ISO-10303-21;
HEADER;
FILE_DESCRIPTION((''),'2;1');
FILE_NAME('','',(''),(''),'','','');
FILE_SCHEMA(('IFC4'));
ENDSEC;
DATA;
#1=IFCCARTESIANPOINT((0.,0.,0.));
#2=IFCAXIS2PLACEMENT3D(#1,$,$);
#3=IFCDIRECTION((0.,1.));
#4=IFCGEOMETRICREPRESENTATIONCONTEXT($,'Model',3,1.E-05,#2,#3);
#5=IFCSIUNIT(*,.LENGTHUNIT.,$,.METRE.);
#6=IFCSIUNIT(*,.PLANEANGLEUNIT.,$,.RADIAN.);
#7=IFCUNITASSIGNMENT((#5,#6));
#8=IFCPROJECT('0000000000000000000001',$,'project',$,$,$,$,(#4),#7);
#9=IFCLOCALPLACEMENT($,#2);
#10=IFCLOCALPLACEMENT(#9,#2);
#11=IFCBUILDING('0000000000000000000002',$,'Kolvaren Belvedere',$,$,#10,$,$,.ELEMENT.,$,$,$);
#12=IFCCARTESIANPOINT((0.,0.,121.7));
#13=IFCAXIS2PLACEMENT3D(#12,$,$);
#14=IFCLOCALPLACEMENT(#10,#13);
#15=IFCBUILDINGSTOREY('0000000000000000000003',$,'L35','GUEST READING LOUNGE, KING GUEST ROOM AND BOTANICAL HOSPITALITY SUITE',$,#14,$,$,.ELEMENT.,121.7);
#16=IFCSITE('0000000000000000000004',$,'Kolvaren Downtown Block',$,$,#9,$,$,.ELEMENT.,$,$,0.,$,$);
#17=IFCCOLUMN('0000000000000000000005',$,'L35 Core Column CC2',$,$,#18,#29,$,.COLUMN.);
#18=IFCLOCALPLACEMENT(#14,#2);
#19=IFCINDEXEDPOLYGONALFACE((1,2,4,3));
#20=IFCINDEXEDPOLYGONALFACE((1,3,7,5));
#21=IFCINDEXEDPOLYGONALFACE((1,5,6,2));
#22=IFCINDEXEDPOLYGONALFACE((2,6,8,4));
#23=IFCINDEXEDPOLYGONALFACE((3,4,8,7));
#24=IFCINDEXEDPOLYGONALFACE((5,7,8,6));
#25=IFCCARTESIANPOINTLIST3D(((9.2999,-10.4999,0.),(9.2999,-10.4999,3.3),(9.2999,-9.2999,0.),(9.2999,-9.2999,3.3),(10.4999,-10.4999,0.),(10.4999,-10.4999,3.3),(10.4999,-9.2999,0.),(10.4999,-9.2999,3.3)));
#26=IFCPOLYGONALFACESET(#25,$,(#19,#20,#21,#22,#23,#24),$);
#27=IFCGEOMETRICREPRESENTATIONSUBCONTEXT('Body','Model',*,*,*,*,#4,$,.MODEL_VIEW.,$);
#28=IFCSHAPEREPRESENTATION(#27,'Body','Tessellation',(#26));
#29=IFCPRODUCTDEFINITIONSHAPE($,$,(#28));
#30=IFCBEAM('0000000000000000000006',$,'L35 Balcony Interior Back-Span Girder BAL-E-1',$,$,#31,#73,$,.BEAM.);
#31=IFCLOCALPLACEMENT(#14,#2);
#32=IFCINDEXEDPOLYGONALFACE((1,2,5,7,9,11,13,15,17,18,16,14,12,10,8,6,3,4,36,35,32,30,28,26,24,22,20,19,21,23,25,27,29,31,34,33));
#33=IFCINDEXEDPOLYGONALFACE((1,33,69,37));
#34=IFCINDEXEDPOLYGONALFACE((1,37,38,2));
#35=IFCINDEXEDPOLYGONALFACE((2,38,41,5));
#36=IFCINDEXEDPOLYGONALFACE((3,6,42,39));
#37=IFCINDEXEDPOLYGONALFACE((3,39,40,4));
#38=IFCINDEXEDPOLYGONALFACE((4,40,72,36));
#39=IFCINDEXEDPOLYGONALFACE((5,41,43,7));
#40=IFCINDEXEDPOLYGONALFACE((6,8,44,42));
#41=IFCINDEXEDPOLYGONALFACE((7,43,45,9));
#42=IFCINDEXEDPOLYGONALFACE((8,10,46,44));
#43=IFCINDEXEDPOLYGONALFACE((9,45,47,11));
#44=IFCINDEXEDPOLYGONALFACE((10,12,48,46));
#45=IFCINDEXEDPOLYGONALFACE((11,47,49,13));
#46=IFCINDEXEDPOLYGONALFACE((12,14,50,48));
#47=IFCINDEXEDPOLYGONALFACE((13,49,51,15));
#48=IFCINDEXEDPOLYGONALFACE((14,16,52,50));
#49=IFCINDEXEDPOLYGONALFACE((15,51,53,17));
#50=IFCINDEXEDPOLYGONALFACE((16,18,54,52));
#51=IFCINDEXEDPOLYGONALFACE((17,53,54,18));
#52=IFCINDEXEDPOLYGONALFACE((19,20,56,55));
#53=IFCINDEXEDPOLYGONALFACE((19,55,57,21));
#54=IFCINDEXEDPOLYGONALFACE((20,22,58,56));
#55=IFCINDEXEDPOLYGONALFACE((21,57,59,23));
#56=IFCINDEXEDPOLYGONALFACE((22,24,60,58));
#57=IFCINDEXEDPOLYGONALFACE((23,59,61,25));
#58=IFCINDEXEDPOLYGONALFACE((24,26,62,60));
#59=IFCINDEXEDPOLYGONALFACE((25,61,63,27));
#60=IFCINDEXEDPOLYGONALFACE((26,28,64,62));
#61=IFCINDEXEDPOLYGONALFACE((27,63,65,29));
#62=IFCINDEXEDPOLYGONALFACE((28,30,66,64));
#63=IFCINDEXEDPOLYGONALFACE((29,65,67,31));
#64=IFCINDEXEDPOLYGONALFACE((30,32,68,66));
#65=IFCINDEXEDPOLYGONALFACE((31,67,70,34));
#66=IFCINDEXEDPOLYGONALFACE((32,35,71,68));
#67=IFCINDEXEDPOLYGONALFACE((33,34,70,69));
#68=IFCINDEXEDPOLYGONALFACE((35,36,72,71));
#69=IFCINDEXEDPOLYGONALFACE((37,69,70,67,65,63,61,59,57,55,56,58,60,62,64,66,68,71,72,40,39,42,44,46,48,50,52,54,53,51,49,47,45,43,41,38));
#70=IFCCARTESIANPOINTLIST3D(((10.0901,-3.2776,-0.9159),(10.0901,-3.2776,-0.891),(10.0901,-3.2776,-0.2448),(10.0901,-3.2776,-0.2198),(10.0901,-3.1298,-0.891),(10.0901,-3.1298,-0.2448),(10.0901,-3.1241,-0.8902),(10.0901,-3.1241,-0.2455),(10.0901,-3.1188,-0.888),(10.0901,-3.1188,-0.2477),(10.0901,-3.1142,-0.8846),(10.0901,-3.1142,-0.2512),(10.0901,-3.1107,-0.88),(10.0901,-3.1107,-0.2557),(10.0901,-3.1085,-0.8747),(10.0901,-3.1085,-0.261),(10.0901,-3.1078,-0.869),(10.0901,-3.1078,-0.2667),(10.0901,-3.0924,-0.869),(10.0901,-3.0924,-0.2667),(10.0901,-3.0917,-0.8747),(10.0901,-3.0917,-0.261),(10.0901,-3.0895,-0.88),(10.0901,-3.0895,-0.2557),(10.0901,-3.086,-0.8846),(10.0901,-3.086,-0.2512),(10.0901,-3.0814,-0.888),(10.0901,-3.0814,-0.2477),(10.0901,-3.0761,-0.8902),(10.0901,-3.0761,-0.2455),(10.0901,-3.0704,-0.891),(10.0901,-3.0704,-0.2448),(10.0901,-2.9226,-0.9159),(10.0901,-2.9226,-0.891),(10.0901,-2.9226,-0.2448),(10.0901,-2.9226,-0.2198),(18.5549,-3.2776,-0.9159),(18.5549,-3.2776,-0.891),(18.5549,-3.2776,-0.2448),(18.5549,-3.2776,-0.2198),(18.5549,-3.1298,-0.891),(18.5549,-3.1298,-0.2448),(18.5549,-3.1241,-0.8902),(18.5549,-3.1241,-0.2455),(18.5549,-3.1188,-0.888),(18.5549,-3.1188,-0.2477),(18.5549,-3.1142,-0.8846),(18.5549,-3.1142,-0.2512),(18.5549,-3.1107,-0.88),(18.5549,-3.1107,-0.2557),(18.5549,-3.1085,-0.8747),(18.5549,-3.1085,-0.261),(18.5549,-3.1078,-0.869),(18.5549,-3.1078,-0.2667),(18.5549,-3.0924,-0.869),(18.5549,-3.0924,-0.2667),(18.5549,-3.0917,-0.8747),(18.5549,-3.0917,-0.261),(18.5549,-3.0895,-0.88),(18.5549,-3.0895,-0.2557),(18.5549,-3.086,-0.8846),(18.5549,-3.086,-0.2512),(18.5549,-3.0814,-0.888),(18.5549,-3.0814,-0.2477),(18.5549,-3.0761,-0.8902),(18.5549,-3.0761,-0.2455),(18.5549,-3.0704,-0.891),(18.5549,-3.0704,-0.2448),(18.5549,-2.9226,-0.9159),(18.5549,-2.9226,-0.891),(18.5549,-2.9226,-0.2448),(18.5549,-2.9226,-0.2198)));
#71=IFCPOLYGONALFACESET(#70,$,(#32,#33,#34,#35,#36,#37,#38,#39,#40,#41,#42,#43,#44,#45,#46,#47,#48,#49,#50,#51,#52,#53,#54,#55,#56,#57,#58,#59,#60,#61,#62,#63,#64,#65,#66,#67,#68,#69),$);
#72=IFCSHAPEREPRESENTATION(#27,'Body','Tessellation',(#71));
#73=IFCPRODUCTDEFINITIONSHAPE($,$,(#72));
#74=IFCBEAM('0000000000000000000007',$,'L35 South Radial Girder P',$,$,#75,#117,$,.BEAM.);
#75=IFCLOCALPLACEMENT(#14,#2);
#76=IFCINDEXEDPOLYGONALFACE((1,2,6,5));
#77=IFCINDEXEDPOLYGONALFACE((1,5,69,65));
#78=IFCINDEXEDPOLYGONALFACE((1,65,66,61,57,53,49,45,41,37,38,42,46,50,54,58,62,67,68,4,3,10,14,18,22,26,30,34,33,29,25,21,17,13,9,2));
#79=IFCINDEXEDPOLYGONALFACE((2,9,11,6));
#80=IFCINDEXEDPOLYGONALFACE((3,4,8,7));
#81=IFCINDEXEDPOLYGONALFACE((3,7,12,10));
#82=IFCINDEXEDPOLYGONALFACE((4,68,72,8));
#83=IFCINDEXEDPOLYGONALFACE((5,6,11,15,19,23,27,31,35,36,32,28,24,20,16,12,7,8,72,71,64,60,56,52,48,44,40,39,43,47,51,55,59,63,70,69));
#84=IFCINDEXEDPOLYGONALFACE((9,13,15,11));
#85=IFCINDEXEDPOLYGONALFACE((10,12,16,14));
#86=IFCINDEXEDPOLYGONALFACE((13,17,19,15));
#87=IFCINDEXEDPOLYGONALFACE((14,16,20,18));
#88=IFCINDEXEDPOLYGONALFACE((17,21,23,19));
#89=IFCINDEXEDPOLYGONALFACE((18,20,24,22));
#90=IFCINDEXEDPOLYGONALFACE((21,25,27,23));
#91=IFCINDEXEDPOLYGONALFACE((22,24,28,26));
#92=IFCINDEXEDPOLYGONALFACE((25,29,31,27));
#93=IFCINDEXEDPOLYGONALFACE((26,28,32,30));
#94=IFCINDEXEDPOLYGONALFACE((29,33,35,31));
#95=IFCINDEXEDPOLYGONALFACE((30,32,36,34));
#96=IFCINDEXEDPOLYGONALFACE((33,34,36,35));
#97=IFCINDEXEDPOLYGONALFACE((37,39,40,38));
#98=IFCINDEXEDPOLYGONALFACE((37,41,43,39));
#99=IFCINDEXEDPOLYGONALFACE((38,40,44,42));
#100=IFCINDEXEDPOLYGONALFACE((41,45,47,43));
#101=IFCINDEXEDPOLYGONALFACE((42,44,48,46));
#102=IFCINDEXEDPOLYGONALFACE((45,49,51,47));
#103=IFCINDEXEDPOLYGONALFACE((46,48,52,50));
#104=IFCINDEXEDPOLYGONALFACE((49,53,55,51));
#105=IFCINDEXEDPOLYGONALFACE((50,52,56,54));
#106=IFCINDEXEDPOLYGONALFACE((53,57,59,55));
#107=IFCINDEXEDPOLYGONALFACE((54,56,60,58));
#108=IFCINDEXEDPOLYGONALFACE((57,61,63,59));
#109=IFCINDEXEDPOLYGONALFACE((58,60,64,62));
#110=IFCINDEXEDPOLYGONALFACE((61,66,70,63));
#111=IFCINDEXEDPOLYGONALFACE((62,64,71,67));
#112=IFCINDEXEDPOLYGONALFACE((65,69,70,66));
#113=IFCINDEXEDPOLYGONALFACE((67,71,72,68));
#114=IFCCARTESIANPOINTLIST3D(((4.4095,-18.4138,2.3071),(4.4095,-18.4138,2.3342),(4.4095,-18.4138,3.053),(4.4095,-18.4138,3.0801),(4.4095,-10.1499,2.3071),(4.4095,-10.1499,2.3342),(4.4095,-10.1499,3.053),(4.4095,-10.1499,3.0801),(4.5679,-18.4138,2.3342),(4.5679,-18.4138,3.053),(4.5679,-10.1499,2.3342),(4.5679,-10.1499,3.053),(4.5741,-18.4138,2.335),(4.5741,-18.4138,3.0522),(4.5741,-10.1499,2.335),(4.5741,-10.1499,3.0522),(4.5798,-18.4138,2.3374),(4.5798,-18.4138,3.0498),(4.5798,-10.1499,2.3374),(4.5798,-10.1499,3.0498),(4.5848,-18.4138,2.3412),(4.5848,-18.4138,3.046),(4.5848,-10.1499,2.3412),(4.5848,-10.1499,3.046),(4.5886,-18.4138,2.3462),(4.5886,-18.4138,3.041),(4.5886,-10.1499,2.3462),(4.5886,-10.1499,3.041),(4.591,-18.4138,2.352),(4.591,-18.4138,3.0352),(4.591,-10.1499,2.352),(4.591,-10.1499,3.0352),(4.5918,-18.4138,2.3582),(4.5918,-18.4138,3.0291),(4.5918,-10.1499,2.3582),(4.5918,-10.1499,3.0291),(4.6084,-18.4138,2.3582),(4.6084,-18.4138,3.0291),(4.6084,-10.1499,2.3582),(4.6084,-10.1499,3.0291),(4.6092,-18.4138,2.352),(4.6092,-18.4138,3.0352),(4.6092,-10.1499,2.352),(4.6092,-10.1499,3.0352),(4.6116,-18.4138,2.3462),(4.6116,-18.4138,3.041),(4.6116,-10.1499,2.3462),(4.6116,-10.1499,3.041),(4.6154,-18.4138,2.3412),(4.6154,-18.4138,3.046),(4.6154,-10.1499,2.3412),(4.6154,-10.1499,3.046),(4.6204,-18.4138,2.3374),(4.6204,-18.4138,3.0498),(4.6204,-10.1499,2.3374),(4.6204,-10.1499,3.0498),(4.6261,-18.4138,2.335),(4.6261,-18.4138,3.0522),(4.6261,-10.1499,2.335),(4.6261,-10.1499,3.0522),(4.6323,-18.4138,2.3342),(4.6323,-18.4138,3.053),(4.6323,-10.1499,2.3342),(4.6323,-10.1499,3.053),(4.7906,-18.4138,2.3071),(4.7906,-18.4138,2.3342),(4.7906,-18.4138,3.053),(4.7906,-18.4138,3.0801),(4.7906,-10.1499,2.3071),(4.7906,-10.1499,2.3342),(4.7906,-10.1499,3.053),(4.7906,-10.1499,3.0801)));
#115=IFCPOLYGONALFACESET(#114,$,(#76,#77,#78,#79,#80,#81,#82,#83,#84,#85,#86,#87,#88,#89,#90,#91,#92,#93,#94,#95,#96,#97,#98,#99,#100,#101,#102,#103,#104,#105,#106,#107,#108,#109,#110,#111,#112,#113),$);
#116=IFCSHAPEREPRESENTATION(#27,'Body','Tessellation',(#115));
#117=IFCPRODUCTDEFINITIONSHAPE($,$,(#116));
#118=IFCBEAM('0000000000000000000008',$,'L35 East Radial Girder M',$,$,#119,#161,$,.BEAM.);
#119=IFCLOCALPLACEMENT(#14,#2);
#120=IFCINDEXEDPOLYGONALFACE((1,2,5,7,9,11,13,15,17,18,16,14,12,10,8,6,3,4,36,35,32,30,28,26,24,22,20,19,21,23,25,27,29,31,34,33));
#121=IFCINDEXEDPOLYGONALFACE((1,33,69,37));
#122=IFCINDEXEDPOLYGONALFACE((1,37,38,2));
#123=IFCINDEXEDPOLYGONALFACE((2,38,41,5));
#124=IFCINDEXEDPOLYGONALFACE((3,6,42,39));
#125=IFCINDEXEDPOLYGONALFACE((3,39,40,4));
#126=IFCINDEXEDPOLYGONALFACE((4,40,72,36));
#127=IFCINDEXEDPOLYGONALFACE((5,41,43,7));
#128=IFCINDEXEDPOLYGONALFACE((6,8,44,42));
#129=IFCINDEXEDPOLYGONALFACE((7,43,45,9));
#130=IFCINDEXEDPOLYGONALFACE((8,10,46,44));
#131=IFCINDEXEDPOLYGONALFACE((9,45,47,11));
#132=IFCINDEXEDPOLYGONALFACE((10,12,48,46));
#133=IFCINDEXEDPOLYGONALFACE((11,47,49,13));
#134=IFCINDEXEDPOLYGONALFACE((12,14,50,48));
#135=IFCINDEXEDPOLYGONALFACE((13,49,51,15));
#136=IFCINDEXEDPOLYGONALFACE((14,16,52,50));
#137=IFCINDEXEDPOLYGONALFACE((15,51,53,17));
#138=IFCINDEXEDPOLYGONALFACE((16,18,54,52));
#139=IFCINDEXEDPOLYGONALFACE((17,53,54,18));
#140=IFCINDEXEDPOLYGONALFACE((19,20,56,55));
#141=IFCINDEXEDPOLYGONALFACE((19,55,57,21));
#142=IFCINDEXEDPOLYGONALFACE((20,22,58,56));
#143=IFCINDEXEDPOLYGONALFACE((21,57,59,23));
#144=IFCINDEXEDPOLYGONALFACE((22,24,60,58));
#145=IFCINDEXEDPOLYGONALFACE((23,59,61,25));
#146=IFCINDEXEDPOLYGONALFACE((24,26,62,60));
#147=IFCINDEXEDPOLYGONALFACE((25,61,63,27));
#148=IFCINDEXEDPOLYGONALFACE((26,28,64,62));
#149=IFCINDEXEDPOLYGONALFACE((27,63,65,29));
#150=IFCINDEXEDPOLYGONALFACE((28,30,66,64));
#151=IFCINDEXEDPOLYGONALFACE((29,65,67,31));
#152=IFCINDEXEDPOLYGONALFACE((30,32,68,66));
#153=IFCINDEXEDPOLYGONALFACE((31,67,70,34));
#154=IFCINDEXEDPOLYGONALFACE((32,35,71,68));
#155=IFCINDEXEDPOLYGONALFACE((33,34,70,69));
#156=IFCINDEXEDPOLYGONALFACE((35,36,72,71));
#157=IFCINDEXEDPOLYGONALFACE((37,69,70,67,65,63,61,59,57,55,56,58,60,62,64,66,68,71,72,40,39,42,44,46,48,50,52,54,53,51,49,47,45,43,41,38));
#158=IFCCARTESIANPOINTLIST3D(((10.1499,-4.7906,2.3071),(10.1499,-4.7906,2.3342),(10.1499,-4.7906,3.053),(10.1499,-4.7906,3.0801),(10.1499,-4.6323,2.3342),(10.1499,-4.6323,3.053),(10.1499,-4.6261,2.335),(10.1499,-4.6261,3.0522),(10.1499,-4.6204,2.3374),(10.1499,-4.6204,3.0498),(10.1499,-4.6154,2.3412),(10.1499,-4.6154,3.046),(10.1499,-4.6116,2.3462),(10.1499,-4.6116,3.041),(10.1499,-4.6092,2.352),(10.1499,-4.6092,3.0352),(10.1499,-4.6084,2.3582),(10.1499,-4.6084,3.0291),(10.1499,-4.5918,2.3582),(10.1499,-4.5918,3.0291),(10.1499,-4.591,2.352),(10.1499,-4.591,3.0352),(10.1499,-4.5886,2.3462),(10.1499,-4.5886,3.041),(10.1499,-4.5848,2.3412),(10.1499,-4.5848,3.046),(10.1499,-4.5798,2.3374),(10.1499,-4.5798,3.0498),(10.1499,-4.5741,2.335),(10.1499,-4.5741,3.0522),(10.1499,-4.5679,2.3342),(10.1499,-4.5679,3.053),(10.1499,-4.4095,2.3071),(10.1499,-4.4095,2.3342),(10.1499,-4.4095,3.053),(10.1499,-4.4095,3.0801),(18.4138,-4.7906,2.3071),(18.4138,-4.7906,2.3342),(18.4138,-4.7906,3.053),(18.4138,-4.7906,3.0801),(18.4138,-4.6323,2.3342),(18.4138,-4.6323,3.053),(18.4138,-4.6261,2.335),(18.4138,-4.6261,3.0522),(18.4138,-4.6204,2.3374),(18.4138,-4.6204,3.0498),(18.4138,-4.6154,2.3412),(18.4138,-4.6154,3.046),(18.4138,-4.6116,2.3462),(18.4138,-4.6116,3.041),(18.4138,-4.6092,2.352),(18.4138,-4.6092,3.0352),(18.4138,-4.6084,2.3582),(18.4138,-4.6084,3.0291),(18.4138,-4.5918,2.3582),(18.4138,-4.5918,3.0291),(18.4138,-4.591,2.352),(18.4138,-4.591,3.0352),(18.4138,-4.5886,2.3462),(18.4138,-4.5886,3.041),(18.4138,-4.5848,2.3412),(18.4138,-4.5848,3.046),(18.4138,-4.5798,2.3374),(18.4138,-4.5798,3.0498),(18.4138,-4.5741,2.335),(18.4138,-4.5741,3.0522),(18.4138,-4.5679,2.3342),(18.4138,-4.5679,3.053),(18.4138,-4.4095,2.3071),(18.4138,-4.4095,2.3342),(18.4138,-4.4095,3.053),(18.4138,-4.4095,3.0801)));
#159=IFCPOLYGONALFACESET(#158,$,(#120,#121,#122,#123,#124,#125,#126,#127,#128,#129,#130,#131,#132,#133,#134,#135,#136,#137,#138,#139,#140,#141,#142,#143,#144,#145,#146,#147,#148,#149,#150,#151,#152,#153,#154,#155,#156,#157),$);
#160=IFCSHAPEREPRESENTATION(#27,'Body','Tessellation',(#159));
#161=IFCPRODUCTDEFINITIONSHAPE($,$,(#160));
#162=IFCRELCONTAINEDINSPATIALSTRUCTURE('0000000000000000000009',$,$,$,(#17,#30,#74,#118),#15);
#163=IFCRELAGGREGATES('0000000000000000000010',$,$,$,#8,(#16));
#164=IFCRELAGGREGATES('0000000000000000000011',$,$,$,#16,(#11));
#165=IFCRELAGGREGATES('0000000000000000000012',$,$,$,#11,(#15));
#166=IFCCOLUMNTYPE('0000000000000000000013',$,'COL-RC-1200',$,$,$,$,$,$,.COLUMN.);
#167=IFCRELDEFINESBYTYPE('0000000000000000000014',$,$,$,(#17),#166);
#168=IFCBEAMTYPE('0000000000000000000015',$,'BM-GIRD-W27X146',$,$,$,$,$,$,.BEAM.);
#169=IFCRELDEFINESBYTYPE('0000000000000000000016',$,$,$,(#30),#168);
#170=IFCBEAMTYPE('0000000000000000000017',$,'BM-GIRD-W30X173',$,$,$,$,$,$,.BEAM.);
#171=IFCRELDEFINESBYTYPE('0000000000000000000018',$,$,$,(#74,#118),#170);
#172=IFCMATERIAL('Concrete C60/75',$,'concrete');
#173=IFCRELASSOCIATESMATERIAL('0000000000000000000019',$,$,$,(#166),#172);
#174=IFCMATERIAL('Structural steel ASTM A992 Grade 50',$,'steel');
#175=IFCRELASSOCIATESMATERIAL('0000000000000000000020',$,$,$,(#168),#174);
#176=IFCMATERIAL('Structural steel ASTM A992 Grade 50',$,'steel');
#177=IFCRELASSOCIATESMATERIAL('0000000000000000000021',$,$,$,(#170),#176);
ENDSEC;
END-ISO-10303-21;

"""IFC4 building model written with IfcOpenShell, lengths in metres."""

from ifc_helpers import new_model, si_unit, direction, frame, origin, origin_2d, place, context, subcontext, project, spatial, rectangle, i_section, extrude, material, material_profile, profile_set, type_object, element, save


model = new_model("IFC4")

# Units and contexts
model_context = context("Model", 3, precision=1e-05, world=origin(), true_north=direction((0.0, 1.0)))
body_context = subcontext(model_context, "Body", "Model", "MODEL_VIEW")
ifc_project = project(units=[si_unit("LENGTHUNIT", "METRE"), si_unit("PLANEANGLEUNIT", "RADIAN")], contexts=[model_context])

# Site, building, storey
site_placement = place(None, origin())
site = spatial("IfcSite", under=ifc_project, at=site_placement, Name="Kolvaren Downtown Block", CompositionType="ELEMENT", RefElevation=0.0)
building_placement = place(site_placement, origin())
building = spatial("IfcBuilding", under=site, at=building_placement, Name="Kolvaren Belvedere", CompositionType="ELEMENT")
storey_placement = place(building_placement, frame((0.0, 0.0, 121.7)))
storey = spatial("IfcBuildingStorey", under=building, at=storey_placement, Name="L35", Description="GUEST READING LOUNGE, KING GUEST ROOM AND BOTANICAL HOSPITALITY SUITE", CompositionType="ELEMENT", Elevation=121.7)

# Column
ifc_material_1 = material(Name="Concrete C60/75", Category="concrete")
ifc_material_profile_1 = material_profile(ifc_material_1, rectangle(XDim=1.2, YDim=1.2, at=origin_2d()), Name="RC 1200X1200")
ifc_profile_set_1 = profile_set([ifc_material_profile_1], Name="Concrete C60/75")
column_type = type_object("IfcColumnType", Name="COL-RC-1200", PredefinedType="COLUMN", material=ifc_profile_set_1)
column_placement = place(storey_placement, frame((9.8999, -9.8999, 0.0), z_axis=(0.0, 0.0, 1.0), x_axis=(1.0, 0.0, 0.0)))
element("IfcColumn", 1, at=column_placement, inside=storey, type_object=column_type, Name="L35 Core Column CC2", PredefinedType="COLUMN", context=body_context, shape_type="SweptSolid", body=[
    extrude(rectangle(XDim=1.2, YDim=1.2, at=origin_2d()), origin(), (0.0, 0.0, 1.0), 3.3),
])

# Beams
ifc_material_2 = material(Name="Structural steel ASTM A992 Grade 50", Category="steel")
ifc_material_profile_2 = material_profile(ifc_material_2, i_section(OverallWidth=0.355, OverallDepth=0.696, WebThickness=0.0154, FlangeThickness=0.0249, FilletRadius=0.022, at=origin_2d()), Name="W27X146")
ifc_profile_set_2 = profile_set([ifc_material_profile_2], Name="Structural steel ASTM A992 Grade 50")
beam_type_1 = type_object("IfcBeamType", Name="BM-GIRD-W27X146", PredefinedType="BEAM", material=ifc_profile_set_2)
beam_1_placement = place(storey_placement, frame((10.0901, -3.1001, -0.5679), z_axis=(1.0, 0.0, 0.0), x_axis=(0.0, 1.0, 0.0)))
element("IfcBeam", 2, at=beam_1_placement, inside=storey, type_object=beam_type_1, Name="L35 Balcony Interior Back-Span Girder BAL-E-1", PredefinedType="BEAM", context=body_context, shape_type="SweptSolid", body=[
    extrude(i_section(OverallWidth=0.355, OverallDepth=0.696, WebThickness=0.0154, FlangeThickness=0.0249, FilletRadius=0.022, at=origin_2d()), origin(), (0.0, 0.0, 1.0), 8.4648),
])
ifc_material_3 = material(Name="Structural steel ASTM A992 Grade 50", Category="steel")
ifc_material_profile_3 = material_profile(ifc_material_3, i_section(OverallWidth=0.3811, OverallDepth=0.7729, WebThickness=0.0166, FlangeThickness=0.0271, FilletRadius=0.0239, at=origin_2d()), Name="W30X173")
ifc_profile_set_3 = profile_set([ifc_material_profile_3], Name="Structural steel ASTM A992 Grade 50")
beam_type_2 = type_object("IfcBeamType", Name="BM-GIRD-W30X173", PredefinedType="BEAM", material=ifc_profile_set_3)
for number, where, z_axis, x_axis, name in (
    (3, (4.6001, -10.1499, 2.6936), (0.0, -1.0, 0.0), (1.0, 0.0, 0.0), "L35 South Radial Girder P"),
    (4, (10.1499, -4.6001, 2.6936), (1.0, 0.0, 0.0), (0.0, 1.0, 0.0), "L35 East Radial Girder M"),
):
    element("IfcBeam", number, at=place(storey_placement, frame(where, z_axis=z_axis, x_axis=x_axis)), inside=storey, type_object=beam_type_2, Name=name, PredefinedType="BEAM", context=body_context, shape_type="SweptSolid", body=[
        extrude(i_section(OverallWidth=0.3811, OverallDepth=0.7729, WebThickness=0.0166, FlangeThickness=0.0271, FilletRadius=0.0239, at=origin_2d()), origin(), (0.0, 0.0, 1.0), 8.2639),
    ])

save(model, "model.ifc")
